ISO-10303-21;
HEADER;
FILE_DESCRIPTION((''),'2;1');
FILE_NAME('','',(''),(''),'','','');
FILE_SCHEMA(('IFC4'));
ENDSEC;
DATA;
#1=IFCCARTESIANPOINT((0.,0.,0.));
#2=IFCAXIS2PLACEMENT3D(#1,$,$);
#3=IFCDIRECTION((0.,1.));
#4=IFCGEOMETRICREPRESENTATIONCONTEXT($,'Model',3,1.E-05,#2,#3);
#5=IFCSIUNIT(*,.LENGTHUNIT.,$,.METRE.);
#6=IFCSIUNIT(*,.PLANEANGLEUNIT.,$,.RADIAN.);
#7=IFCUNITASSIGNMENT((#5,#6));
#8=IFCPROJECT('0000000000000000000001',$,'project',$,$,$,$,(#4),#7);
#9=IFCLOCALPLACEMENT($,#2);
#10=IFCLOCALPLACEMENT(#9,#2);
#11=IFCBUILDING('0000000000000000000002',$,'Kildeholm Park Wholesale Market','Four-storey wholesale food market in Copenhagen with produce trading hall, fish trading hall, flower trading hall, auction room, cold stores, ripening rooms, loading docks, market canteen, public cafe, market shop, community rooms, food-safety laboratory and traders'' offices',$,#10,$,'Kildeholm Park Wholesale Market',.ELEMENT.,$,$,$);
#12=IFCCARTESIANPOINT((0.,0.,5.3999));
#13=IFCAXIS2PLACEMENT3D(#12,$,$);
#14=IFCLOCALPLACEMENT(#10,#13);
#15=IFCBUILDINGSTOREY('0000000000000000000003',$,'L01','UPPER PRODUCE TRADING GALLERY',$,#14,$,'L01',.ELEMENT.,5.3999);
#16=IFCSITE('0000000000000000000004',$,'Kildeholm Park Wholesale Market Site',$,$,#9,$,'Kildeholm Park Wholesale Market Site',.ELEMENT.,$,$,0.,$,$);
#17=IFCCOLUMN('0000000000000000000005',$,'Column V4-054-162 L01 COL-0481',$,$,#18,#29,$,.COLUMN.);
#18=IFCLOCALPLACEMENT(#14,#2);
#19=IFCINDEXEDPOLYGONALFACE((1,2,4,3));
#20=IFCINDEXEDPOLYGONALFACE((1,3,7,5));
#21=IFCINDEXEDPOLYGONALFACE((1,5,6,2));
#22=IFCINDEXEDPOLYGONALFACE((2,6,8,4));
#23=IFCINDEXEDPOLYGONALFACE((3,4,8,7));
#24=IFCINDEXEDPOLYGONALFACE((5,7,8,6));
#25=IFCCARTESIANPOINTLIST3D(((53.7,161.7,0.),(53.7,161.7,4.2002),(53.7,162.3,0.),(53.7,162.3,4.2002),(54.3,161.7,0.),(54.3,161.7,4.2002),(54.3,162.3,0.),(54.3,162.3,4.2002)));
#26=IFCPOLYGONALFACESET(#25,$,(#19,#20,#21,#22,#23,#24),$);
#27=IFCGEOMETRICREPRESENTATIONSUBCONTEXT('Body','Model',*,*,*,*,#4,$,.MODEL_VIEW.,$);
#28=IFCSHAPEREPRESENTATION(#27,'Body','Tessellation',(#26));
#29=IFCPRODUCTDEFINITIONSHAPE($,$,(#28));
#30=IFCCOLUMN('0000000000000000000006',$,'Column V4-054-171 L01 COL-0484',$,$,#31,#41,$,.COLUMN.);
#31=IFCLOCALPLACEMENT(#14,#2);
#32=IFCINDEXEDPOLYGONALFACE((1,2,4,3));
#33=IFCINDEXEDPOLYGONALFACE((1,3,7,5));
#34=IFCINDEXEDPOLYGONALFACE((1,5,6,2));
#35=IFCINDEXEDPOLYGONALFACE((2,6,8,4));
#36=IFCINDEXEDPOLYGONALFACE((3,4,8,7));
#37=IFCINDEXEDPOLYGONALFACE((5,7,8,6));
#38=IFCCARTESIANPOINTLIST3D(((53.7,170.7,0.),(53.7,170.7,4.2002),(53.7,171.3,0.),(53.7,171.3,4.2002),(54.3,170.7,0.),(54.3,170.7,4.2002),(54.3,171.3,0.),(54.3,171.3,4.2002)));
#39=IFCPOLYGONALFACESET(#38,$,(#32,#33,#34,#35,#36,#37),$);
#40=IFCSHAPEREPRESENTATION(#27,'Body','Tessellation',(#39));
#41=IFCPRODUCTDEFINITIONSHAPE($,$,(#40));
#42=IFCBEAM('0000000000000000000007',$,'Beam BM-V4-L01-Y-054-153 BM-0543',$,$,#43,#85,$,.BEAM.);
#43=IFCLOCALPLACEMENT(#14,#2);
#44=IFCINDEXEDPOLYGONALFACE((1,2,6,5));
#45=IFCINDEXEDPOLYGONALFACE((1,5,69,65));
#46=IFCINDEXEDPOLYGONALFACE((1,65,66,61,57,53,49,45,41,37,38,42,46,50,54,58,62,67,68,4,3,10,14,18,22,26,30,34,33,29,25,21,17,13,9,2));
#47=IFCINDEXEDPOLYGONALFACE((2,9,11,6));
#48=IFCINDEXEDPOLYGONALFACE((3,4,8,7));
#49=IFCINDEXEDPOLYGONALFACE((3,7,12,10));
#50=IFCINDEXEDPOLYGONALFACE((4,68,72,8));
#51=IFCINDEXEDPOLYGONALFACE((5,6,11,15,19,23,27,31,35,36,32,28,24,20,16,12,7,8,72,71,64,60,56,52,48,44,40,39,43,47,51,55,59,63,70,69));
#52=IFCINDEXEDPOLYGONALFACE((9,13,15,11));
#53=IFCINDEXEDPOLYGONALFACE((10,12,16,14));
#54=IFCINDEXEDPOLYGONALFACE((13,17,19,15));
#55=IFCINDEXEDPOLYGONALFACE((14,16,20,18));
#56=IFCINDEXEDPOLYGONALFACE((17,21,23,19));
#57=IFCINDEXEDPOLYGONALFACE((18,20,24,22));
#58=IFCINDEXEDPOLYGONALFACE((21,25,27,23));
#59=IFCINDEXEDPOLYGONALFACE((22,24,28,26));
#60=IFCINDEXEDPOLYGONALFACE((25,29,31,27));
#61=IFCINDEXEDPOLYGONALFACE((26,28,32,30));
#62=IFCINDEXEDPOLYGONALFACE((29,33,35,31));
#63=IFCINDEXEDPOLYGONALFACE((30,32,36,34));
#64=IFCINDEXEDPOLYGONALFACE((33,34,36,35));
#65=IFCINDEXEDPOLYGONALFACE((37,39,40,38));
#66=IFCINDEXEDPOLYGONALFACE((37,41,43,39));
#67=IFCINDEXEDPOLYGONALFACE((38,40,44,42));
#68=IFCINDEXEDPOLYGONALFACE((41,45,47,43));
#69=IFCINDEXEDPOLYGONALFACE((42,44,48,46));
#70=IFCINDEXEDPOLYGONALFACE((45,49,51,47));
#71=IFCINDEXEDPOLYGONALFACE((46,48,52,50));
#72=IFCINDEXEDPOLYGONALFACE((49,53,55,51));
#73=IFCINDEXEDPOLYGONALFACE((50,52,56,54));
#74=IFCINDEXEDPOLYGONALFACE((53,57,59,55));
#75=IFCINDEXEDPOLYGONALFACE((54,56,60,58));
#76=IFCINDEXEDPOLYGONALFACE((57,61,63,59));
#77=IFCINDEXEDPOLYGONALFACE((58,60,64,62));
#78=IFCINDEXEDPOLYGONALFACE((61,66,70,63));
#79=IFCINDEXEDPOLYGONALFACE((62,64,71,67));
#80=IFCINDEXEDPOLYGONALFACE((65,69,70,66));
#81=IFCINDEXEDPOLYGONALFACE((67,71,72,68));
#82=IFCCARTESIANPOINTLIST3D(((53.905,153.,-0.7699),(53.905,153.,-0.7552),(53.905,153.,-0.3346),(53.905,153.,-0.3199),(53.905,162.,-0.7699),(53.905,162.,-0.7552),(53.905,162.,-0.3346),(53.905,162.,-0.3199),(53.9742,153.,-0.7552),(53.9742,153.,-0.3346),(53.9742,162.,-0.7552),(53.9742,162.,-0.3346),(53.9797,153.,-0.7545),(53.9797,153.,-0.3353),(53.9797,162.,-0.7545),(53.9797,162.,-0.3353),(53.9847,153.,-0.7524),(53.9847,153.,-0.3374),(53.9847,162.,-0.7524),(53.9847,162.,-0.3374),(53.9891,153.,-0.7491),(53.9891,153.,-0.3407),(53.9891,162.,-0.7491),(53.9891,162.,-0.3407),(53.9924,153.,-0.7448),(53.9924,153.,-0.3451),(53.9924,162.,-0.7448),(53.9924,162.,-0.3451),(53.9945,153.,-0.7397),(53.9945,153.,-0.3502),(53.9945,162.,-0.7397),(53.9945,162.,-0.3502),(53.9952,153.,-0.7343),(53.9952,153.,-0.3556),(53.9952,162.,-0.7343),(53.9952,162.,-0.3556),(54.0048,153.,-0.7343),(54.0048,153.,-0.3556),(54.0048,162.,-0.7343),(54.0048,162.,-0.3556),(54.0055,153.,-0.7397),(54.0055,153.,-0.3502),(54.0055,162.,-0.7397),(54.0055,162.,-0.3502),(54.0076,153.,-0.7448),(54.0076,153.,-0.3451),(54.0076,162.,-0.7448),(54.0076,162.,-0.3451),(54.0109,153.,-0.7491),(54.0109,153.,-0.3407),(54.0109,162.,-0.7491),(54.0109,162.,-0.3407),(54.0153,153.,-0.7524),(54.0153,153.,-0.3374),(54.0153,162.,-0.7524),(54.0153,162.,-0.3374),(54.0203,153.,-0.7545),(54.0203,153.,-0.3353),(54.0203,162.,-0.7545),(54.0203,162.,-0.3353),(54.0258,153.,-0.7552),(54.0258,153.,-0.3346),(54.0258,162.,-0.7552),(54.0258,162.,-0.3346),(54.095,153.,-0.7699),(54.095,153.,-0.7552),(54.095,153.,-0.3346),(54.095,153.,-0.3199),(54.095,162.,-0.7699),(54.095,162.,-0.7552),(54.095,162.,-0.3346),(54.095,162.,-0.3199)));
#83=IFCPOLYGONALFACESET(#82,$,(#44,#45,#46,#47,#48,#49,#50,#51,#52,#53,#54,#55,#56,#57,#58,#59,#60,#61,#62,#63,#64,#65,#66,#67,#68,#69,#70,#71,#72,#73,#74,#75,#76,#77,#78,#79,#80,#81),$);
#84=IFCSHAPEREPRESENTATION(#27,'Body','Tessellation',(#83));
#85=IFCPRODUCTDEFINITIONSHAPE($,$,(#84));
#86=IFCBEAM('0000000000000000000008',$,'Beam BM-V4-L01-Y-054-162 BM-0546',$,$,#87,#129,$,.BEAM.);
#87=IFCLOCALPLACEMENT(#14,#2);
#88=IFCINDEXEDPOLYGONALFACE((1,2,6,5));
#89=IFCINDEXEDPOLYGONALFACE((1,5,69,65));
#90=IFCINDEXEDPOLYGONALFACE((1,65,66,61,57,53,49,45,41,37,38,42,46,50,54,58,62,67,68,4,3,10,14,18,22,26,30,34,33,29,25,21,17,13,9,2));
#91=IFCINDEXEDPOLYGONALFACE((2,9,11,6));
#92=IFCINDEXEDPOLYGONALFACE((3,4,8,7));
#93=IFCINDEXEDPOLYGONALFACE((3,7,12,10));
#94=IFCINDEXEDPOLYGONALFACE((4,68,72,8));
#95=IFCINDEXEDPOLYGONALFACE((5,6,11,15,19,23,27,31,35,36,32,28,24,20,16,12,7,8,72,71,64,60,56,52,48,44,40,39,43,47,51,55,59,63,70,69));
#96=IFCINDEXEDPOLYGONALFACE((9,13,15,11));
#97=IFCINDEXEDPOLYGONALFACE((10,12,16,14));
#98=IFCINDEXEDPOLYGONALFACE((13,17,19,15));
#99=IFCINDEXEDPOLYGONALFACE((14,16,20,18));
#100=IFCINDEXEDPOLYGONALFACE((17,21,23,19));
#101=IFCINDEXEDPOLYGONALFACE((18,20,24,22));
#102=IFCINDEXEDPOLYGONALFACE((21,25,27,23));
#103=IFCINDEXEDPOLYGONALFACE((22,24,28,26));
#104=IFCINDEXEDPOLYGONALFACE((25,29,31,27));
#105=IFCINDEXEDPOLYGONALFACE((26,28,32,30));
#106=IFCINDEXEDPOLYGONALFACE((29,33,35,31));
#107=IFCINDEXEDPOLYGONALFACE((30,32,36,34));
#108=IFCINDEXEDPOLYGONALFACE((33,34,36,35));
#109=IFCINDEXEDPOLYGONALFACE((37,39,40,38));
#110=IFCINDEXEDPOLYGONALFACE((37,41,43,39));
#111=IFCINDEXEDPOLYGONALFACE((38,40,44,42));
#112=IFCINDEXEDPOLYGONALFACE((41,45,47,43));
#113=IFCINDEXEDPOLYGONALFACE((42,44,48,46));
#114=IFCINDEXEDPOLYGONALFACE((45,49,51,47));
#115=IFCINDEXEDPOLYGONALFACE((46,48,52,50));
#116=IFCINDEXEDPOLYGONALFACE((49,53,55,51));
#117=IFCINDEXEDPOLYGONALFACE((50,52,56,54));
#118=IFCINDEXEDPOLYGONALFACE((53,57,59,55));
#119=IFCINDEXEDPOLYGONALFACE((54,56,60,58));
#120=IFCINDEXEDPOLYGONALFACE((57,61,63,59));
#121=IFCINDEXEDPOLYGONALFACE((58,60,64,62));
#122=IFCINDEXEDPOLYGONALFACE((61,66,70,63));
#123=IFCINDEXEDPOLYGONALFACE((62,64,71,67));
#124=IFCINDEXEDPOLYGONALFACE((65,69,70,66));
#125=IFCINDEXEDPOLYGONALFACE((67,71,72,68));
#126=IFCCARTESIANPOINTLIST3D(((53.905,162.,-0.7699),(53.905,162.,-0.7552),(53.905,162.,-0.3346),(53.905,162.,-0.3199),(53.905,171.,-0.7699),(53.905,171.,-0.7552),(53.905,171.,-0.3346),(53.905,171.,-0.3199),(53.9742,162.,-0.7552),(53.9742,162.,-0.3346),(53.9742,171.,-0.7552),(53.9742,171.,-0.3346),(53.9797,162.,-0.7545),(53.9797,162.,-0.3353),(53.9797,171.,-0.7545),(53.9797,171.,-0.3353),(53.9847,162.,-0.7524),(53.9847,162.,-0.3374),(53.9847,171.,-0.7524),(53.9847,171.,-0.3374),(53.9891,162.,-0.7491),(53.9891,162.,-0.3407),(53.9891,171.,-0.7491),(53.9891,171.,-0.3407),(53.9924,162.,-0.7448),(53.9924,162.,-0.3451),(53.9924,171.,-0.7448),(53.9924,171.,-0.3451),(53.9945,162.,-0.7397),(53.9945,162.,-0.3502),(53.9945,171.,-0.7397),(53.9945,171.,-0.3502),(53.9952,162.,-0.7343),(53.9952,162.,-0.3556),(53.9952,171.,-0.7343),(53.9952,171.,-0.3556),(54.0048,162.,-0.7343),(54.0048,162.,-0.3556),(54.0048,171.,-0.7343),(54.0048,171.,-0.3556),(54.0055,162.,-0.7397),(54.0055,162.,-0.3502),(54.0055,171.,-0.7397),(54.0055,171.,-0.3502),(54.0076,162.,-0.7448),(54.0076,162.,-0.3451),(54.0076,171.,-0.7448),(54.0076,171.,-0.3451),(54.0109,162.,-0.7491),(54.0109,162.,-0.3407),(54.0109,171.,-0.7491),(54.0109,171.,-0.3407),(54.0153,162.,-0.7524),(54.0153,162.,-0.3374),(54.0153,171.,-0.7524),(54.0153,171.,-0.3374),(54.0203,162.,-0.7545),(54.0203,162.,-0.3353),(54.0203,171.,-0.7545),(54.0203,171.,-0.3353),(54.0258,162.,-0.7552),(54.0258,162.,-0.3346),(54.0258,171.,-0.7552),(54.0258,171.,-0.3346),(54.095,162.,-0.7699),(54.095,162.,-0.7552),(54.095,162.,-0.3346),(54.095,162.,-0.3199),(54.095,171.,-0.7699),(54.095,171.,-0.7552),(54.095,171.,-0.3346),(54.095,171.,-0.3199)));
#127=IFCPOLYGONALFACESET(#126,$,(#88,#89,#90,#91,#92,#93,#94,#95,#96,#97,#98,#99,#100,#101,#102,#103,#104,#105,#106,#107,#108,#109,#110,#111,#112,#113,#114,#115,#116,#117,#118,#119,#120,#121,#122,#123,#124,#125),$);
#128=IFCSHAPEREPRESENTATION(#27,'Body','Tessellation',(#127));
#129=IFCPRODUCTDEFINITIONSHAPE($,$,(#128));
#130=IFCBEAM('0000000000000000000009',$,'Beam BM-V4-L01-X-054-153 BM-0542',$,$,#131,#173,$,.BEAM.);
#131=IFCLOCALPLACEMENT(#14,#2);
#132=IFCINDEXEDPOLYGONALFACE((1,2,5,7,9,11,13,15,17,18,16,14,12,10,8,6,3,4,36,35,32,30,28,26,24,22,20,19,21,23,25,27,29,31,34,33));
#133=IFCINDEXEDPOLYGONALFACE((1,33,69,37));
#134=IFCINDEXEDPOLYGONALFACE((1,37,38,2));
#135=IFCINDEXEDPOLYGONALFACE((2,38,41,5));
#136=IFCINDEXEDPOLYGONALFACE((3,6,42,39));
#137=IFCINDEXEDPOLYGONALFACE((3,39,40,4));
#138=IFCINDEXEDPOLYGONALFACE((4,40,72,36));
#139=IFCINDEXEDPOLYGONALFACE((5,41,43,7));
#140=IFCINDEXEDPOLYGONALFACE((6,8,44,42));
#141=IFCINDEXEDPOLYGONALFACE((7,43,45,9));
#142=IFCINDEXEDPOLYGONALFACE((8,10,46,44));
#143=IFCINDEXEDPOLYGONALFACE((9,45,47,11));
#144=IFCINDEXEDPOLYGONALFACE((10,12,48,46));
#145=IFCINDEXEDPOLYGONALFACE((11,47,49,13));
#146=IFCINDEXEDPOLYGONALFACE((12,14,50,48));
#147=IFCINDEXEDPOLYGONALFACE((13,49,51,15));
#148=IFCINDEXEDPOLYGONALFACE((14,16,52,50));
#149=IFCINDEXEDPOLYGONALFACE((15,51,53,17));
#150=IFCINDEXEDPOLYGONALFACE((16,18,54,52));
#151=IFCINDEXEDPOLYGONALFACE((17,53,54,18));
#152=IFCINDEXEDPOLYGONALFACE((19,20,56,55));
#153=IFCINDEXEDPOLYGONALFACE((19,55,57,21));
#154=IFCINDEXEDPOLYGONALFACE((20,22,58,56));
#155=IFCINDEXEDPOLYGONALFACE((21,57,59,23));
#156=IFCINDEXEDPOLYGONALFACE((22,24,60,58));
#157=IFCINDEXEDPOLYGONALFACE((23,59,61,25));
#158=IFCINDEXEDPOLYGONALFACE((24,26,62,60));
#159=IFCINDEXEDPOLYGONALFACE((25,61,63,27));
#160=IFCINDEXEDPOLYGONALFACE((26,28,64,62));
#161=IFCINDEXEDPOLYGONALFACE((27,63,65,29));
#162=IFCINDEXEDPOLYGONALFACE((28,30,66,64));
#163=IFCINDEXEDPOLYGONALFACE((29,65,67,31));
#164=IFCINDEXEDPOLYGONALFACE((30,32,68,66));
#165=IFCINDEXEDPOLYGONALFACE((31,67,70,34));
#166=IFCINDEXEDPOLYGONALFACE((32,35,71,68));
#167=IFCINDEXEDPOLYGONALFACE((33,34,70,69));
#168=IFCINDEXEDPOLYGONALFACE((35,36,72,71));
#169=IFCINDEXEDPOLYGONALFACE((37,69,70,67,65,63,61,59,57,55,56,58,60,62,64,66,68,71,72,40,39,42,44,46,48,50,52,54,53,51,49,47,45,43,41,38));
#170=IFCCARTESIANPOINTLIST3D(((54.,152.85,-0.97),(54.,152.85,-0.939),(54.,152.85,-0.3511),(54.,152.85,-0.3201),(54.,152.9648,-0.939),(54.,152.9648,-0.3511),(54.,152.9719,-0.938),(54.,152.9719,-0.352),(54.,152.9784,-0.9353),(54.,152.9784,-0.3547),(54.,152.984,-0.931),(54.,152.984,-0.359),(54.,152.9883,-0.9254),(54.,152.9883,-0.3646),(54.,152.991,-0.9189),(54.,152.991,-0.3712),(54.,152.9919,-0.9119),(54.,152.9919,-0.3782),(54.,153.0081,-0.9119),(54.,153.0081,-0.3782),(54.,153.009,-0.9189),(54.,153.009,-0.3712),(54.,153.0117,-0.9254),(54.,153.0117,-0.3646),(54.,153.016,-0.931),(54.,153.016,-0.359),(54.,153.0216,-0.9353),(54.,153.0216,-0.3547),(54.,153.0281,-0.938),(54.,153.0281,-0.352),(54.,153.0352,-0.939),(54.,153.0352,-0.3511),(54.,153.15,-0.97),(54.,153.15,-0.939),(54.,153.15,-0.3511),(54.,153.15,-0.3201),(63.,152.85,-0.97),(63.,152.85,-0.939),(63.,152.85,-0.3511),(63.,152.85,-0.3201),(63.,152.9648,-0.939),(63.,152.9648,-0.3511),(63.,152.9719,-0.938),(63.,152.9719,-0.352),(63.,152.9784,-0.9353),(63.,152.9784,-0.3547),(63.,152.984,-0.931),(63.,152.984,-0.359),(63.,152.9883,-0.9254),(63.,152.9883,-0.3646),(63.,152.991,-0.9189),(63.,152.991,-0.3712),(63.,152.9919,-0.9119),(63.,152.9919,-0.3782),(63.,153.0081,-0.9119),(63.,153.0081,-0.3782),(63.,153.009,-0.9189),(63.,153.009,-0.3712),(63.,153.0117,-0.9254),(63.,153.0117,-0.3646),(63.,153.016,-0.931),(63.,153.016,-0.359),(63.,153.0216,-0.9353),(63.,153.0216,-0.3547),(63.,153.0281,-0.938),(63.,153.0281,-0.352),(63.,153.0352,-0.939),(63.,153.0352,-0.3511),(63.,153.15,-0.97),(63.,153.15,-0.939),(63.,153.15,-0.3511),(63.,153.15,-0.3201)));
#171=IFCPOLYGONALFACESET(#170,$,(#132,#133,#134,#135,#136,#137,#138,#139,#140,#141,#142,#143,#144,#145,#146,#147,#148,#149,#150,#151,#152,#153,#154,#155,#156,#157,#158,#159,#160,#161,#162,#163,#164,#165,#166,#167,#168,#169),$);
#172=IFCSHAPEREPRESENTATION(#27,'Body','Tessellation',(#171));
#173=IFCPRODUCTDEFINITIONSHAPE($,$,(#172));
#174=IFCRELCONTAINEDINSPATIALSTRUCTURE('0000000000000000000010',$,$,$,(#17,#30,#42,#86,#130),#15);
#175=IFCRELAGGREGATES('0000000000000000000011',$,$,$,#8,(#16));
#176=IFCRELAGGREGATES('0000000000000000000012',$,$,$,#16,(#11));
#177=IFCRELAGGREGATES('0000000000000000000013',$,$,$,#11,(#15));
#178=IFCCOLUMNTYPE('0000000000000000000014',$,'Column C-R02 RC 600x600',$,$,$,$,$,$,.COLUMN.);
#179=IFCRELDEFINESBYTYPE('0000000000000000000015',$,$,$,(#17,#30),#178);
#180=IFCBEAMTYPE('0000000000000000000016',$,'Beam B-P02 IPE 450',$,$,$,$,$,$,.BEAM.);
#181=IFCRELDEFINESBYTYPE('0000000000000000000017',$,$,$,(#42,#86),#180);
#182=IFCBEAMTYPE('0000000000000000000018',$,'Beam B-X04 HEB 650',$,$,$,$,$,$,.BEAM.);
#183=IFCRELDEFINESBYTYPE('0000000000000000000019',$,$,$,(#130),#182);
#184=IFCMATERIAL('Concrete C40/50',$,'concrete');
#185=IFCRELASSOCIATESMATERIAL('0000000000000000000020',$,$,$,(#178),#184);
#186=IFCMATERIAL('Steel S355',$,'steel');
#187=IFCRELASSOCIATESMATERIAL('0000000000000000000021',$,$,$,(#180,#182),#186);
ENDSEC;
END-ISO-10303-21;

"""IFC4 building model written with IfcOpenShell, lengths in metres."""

from ifc_helpers import new_model, si_unit, direction, frame, origin, origin_2d, place, context, subcontext, project, spatial, rectangle, i_section, extrude, material, material_profile, profile_set, type_object, element, save


model = new_model("IFC4")

# Units and contexts
model_context = context("Model", 3, precision=1e-05, world=origin(), true_north=direction((0.0, 1.0)))
body_context = subcontext(model_context, "Body", "Model", "MODEL_VIEW")
ifc_project = project(units=[si_unit("LENGTHUNIT", "METRE"), si_unit("PLANEANGLEUNIT", "RADIAN")], contexts=[model_context])

# Site, building, storey
site_placement = place(None, origin())
site = spatial("IfcSite", under=ifc_project, at=site_placement, Name="Kildeholm Park Wholesale Market Site", LongName="Kildeholm Park Wholesale Market Site", CompositionType="ELEMENT", RefElevation=0.0)
building_placement = place(site_placement, origin())
building = spatial("IfcBuilding", under=site, at=building_placement, Name="Kildeholm Park Wholesale Market", Description="Four-storey wholesale food market in Copenhagen with produce trading hall, fish trading hall, flower trading hall, auction room, cold stores, ripening rooms, loading docks, market canteen, public cafe, market shop, community rooms, food-safety laboratory and traders' offices", LongName="Kildeholm Park Wholesale Market", CompositionType="ELEMENT")
storey_placement = place(building_placement, frame((0.0, 0.0, 5.3999)))
storey = spatial("IfcBuildingStorey", under=building, at=storey_placement, Name="L01", Description="UPPER PRODUCE TRADING GALLERY", LongName="L01", CompositionType="ELEMENT", Elevation=5.3999)

# Columns
ifc_material_1 = material(Name="Concrete C40/50", Category="concrete")
ifc_material_profile_1 = material_profile(ifc_material_1, rectangle(XDim=0.6001, YDim=0.6001, at=origin_2d()), Name="RC 600x600")
ifc_profile_set_1 = profile_set([ifc_material_profile_1], Name="Concrete C40/50")
column_type = type_object("IfcColumnType", Name="Column C-R02 RC 600x600", PredefinedType="COLUMN", material=ifc_profile_set_1)
for number, where, z_axis, x_axis, name in (
    (1, (54.0, 162.0, 0.0), (0.0, 0.0, 1.0), (1.0, 0.0, 0.0), "Column V4-054-162 L01 COL-0481"),
    (2, (54.0, 171.0, 0.0), (0.0, 0.0, 1.0), (1.0, 0.0, 0.0), "Column V4-054-171 L01 COL-0484"),
):
    element("IfcColumn", number, at=place(storey_placement, frame(where, z_axis=z_axis, x_axis=x_axis)), inside=storey, type_object=column_type, Name=name, PredefinedType="COLUMN", context=body_context, shape_type="SweptSolid", body=[
        extrude(rectangle(XDim=0.6001, YDim=0.6001, at=origin_2d()), origin(), (0.0, 0.0, 1.0), 4.2002),
    ])

# Beams
ifc_material_2 = material(Name="Steel S355", Category="steel")
ifc_material_profile_2 = material_profile(ifc_material_2, i_section(OverallWidth=0.1899, OverallDepth=0.45, WebThickness=0.0095, FlangeThickness=0.0146, FilletRadius=0.021, at=origin_2d()), Name="IPE 450")
ifc_profile_set_2 = profile_set([ifc_material_profile_2], Name="Steel S355")
beam_type_1 = type_object("IfcBeamType", Name="Beam B-P02 IPE 450", PredefinedType="BEAM", material=ifc_profile_set_2)
for number, where, z_axis, x_axis, name in (
    (3, (54.0, 153.0, -0.5449), (0.0, 1.0, 0.0), (-1.0, 0.0, 0.0), "Beam BM-V4-L01-Y-054-153 BM-0543"),
    (4, (54.0, 162.0, -0.5449), (0.0, 1.0, 0.0), (-1.0, 0.0, 0.0), "Beam BM-V4-L01-Y-054-162 BM-0546"),
):
    element("IfcBeam", number, at=place(storey_placement, frame(where, z_axis=z_axis, x_axis=x_axis)), inside=storey, type_object=beam_type_1, Name=name, PredefinedType="BEAM", context=body_context, shape_type="SweptSolid", body=[
        extrude(i_section(OverallWidth=0.1899, OverallDepth=0.45, WebThickness=0.0095, FlangeThickness=0.0146, FilletRadius=0.021, at=origin_2d()), origin(), (0.0, 0.0, 1.0), 9.0),
    ])
ifc_material_profile_3 = material_profile(ifc_material_2, i_section(OverallWidth=0.3, OverallDepth=0.6499, WebThickness=0.0161, FlangeThickness=0.031, FilletRadius=0.0271, at=origin_2d()), Name="HEB 650")
ifc_profile_set_3 = profile_set([ifc_material_profile_3], Name="Steel S355")
beam_type_2 = type_object("IfcBeamType", Name="Beam B-X04 HEB 650", PredefinedType="BEAM", material=ifc_profile_set_3)
beam_1_placement = place(storey_placement, frame((54.0, 153.0, -0.645), z_axis=(1.0, 0.0, 0.0), x_axis=(0.0, 1.0, 0.0)))
element("IfcBeam", 5, at=beam_1_placement, inside=storey, type_object=beam_type_2, Name="Beam BM-V4-L01-X-054-153 BM-0542", PredefinedType="BEAM", context=body_context, shape_type="SweptSolid", body=[
    extrude(i_section(OverallWidth=0.3, OverallDepth=0.6499, WebThickness=0.0161, FlangeThickness=0.031, FilletRadius=0.0271, at=origin_2d()), origin(), (0.0, 0.0, 1.0), 9.0),
])

save(model, "model.ifc")
